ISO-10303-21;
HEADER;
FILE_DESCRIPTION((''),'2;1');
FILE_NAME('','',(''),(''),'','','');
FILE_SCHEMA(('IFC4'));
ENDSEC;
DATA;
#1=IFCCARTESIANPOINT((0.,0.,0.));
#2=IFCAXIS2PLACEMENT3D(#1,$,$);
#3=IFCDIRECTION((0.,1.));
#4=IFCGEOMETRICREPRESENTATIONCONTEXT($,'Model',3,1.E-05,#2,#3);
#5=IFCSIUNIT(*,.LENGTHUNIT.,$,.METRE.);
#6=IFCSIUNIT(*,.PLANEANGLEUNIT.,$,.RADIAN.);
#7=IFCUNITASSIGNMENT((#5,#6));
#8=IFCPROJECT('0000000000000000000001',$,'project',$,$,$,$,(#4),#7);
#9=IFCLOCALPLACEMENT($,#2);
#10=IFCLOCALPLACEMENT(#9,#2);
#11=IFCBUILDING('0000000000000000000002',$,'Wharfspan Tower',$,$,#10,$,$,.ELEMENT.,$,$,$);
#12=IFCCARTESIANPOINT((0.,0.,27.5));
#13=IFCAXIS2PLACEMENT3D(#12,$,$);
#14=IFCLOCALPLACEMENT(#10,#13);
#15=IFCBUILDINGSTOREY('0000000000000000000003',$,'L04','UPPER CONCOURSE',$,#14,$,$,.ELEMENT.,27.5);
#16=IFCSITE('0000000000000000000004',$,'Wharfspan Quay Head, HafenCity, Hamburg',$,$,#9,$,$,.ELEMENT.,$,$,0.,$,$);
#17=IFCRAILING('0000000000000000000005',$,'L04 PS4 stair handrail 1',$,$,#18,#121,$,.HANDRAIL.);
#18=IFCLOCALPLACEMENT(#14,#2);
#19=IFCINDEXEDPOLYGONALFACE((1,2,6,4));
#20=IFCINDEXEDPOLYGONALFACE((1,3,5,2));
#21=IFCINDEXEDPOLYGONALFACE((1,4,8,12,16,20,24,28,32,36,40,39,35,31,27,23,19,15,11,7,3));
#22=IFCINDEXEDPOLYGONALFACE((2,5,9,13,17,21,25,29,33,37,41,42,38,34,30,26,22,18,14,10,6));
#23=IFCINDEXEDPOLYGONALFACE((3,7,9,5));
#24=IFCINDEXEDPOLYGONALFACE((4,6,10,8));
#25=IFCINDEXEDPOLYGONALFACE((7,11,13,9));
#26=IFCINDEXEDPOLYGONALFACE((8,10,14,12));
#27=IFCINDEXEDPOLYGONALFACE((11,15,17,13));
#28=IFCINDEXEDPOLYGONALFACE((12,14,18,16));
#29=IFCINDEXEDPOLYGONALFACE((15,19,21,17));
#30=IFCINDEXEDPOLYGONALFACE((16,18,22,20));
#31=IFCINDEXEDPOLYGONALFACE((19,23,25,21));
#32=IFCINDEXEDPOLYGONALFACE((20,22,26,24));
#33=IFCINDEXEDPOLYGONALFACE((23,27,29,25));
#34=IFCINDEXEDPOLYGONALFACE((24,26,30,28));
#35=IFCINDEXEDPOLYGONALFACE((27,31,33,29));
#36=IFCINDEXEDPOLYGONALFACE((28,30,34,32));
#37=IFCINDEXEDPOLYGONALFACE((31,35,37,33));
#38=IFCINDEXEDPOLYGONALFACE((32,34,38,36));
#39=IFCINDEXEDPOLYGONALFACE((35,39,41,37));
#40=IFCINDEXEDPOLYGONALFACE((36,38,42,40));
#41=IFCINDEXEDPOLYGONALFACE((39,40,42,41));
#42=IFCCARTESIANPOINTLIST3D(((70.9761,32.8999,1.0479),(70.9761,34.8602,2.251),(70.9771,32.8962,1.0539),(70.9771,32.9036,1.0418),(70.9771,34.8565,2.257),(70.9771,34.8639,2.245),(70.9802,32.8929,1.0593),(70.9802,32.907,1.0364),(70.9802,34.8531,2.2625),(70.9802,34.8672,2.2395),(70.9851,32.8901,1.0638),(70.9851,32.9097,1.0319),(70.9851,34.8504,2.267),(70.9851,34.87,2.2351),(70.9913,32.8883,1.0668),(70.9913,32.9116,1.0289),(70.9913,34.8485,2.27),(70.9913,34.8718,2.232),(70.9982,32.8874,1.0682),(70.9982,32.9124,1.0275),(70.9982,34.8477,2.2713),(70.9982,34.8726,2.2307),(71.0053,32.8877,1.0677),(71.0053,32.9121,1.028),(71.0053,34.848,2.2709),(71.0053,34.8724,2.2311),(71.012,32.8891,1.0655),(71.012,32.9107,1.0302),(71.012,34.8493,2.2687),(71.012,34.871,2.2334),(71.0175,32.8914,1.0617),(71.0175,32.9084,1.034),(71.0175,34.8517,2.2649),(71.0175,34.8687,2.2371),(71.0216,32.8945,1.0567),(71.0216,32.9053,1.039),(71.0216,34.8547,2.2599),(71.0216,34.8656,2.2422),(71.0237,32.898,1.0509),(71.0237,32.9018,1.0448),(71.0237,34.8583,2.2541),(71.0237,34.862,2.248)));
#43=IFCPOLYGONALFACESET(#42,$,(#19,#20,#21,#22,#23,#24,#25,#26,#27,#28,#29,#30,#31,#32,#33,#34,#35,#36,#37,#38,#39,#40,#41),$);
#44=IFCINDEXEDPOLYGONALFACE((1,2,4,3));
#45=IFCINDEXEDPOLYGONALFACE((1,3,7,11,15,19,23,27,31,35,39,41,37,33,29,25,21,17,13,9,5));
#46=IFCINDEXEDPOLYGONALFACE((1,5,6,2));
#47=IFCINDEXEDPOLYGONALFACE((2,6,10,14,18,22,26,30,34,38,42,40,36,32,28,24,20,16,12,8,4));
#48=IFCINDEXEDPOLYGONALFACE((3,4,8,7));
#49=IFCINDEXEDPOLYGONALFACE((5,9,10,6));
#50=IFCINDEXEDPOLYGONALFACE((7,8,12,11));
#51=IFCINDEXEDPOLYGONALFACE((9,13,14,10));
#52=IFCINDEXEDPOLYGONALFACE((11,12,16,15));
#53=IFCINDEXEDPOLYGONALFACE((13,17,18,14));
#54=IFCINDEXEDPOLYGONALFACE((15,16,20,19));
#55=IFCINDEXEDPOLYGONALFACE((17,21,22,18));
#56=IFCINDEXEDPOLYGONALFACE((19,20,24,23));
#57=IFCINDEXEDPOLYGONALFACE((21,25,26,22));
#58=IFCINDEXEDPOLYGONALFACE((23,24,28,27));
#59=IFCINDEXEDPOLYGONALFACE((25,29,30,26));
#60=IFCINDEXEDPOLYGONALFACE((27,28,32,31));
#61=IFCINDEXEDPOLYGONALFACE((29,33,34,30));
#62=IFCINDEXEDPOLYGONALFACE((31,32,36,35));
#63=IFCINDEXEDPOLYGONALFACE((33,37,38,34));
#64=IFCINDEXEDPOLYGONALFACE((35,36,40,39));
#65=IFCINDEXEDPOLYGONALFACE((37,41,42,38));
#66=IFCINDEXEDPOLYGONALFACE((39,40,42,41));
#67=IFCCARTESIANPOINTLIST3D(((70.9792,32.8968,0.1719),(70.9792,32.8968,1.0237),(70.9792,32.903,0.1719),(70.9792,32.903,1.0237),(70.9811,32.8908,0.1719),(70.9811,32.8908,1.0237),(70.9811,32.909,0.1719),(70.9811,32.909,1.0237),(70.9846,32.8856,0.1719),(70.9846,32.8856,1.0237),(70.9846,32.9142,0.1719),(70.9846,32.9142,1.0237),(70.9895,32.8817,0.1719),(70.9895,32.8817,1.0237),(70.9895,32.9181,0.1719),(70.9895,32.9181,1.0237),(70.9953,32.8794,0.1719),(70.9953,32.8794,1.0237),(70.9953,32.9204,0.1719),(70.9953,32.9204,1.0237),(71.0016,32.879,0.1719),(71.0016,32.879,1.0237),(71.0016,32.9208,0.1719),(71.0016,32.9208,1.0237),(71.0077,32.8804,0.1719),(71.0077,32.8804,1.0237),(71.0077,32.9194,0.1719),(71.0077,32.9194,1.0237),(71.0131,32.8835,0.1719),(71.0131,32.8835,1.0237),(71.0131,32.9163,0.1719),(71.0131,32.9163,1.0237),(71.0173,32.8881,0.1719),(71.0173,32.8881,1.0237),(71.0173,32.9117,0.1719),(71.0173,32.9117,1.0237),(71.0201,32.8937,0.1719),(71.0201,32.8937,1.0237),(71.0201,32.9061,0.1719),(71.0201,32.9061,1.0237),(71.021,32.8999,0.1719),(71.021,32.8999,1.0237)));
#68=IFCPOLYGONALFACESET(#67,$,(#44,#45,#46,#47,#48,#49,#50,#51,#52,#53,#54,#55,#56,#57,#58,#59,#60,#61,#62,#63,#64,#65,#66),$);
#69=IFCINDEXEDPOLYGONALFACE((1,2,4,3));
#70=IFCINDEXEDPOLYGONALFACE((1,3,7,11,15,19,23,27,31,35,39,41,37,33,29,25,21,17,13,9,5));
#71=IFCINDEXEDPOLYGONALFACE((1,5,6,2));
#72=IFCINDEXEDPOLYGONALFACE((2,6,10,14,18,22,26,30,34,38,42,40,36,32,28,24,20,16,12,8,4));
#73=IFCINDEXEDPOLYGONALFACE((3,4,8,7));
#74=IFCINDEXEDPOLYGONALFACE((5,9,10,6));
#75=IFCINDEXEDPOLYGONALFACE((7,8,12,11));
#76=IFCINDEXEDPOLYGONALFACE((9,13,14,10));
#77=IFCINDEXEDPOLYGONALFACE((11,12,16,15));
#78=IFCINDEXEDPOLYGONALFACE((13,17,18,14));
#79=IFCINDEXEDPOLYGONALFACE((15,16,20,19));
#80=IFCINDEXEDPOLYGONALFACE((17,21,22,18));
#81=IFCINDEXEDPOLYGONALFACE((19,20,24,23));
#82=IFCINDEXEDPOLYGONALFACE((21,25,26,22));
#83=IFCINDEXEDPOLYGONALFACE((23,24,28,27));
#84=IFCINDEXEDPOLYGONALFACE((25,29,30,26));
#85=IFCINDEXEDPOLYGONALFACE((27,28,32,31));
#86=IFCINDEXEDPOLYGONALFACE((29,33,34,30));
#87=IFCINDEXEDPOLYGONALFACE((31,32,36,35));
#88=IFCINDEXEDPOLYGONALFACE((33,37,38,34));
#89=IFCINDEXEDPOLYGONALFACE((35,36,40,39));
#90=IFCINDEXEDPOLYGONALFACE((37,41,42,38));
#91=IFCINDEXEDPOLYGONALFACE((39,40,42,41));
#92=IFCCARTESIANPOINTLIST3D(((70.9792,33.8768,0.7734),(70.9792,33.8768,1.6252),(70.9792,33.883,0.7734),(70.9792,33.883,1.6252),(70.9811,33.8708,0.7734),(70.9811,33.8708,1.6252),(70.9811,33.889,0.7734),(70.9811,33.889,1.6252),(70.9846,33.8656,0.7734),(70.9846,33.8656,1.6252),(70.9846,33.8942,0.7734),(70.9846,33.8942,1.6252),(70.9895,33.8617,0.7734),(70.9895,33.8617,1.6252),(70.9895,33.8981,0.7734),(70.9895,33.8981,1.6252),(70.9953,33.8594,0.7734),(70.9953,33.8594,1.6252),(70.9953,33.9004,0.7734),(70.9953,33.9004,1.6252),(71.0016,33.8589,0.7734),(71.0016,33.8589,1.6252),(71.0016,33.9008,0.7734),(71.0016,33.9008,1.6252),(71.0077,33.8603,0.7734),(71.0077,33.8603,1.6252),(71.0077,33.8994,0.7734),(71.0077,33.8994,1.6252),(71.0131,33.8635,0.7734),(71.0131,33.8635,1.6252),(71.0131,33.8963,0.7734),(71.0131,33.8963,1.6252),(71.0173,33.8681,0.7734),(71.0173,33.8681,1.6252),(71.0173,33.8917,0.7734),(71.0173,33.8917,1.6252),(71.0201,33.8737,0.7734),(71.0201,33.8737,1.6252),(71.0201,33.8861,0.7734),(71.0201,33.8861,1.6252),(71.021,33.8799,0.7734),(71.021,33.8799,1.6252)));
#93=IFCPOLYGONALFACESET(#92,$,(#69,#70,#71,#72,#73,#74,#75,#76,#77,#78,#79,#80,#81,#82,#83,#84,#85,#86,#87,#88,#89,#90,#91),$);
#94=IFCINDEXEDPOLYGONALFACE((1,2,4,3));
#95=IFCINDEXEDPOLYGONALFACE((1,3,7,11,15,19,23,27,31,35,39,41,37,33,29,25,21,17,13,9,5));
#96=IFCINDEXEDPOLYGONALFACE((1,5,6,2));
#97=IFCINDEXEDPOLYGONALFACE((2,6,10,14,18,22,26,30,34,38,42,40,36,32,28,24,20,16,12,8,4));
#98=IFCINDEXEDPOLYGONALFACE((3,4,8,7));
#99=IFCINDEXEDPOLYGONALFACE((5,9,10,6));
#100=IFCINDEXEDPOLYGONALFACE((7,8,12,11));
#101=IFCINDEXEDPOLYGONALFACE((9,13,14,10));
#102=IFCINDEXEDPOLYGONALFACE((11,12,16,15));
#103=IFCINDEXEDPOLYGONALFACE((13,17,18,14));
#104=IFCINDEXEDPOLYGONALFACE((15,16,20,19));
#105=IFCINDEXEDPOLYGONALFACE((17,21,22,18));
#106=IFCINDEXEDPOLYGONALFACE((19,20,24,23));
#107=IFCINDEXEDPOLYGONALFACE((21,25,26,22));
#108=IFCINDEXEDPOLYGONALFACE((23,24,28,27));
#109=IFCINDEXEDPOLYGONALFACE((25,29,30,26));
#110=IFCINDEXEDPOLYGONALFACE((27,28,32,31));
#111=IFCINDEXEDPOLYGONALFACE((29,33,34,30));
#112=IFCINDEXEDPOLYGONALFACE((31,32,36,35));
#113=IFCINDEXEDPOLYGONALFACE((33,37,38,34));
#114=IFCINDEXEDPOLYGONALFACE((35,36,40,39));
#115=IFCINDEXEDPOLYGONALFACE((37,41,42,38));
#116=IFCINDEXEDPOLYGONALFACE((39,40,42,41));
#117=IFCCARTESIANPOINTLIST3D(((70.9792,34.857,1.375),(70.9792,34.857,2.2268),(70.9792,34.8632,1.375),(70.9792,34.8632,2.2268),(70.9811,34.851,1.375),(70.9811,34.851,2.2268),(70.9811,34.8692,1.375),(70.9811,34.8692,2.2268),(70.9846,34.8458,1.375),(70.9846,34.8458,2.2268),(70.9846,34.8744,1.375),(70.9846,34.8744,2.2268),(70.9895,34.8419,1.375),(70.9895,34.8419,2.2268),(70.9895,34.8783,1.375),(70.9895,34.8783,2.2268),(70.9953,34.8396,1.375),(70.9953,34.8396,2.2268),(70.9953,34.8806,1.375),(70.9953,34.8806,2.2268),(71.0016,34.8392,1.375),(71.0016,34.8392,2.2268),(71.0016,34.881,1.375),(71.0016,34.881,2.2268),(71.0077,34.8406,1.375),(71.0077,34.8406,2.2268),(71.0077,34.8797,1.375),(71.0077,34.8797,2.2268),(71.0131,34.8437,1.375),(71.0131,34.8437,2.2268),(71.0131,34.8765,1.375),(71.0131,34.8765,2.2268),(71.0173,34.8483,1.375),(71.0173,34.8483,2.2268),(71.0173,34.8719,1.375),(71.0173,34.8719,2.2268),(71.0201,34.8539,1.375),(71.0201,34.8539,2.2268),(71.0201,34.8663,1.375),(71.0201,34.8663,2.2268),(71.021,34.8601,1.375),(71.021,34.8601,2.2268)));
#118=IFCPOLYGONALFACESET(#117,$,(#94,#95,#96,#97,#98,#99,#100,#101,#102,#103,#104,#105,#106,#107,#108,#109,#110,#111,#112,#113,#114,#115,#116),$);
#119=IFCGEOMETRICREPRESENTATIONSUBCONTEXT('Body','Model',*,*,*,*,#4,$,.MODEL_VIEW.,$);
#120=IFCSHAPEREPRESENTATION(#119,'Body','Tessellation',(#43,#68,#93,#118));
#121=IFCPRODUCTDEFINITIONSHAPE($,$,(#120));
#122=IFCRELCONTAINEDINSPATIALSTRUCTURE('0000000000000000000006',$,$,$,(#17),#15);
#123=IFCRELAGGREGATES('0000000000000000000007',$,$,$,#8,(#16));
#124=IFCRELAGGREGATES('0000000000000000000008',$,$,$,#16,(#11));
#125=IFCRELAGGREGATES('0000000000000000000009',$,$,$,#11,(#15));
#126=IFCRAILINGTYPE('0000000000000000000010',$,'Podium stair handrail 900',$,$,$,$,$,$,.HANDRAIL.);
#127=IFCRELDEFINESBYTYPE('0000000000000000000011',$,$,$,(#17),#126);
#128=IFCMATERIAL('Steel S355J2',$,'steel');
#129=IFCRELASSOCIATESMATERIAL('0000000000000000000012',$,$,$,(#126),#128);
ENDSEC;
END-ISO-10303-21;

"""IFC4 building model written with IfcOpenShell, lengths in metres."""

from ifc_helpers import new_model, si_unit, direction, frame, origin, origin_2d, place, context, subcontext, project, spatial, circle, extrude, material, type_object, element, save


model = new_model("IFC4")

# Units and contexts
model_context = context("Model", 3, precision=1e-05, world=origin(), true_north=direction((0.0, 1.0)))
body_context = subcontext(model_context, "Body", "Model", "MODEL_VIEW")
ifc_project = project(units=[si_unit("LENGTHUNIT", "METRE"), si_unit("PLANEANGLEUNIT", "RADIAN")], contexts=[model_context])

# Site, building, storey
site_placement = place(None, origin())
site = spatial("IfcSite", under=ifc_project, at=site_placement, Name="Wharfspan Quay Head, HafenCity, Hamburg", CompositionType="ELEMENT", RefElevation=0.0)
building_placement = place(site_placement, origin())
building = spatial("IfcBuilding", under=site, at=building_placement, Name="Wharfspan Tower", CompositionType="ELEMENT")
storey_placement = place(building_placement, frame((0.0, 0.0, 27.5)))
storey = spatial("IfcBuildingStorey", under=building, at=storey_placement, Name="L04", Description="UPPER CONCOURSE", CompositionType="ELEMENT", Elevation=27.5)

# Railing
ifc_material_1 = material(Name="Steel S355J2", Category="steel")
railing_type_1 = type_object("IfcRailingType", Name="Podium stair handrail 900", PredefinedType="HANDRAIL", material=ifc_material_1)
railing_1_placement = place(storey_placement, frame((71.0, 32.8999, 0.1719)))
element("IfcRailing", 1, at=railing_1_placement, inside=storey, type_object=railing_type_1, Name="L04 PS4 stair handrail 1", PredefinedType="HANDRAIL", context=body_context, shape_type="SweptSolid", body=[
    extrude(circle(Radius=0.0239, at=origin_2d()), frame((0.0, 0.0, 0.876), z_axis=(0.0, 0.85227, 0.523102), x_axis=(-1.0, 0.0, 0.0)), (0.0, 0.0, 1.0), 2.3),
    extrude(circle(Radius=0.021, at=origin_2d()), origin(), (0.0, 0.0, 1.0), 0.8518),
    extrude(circle(Radius=0.021, at=origin_2d()), frame((0.0, 0.98, 0.6016)), (0.0, 0.0, 1.0), 0.8518),
    extrude(circle(Radius=0.021, at=origin_2d()), frame((0.0, 1.9602, 1.2031)), (0.0, 0.0, 1.0), 0.8518),
])

save(model, "model.ifc")
